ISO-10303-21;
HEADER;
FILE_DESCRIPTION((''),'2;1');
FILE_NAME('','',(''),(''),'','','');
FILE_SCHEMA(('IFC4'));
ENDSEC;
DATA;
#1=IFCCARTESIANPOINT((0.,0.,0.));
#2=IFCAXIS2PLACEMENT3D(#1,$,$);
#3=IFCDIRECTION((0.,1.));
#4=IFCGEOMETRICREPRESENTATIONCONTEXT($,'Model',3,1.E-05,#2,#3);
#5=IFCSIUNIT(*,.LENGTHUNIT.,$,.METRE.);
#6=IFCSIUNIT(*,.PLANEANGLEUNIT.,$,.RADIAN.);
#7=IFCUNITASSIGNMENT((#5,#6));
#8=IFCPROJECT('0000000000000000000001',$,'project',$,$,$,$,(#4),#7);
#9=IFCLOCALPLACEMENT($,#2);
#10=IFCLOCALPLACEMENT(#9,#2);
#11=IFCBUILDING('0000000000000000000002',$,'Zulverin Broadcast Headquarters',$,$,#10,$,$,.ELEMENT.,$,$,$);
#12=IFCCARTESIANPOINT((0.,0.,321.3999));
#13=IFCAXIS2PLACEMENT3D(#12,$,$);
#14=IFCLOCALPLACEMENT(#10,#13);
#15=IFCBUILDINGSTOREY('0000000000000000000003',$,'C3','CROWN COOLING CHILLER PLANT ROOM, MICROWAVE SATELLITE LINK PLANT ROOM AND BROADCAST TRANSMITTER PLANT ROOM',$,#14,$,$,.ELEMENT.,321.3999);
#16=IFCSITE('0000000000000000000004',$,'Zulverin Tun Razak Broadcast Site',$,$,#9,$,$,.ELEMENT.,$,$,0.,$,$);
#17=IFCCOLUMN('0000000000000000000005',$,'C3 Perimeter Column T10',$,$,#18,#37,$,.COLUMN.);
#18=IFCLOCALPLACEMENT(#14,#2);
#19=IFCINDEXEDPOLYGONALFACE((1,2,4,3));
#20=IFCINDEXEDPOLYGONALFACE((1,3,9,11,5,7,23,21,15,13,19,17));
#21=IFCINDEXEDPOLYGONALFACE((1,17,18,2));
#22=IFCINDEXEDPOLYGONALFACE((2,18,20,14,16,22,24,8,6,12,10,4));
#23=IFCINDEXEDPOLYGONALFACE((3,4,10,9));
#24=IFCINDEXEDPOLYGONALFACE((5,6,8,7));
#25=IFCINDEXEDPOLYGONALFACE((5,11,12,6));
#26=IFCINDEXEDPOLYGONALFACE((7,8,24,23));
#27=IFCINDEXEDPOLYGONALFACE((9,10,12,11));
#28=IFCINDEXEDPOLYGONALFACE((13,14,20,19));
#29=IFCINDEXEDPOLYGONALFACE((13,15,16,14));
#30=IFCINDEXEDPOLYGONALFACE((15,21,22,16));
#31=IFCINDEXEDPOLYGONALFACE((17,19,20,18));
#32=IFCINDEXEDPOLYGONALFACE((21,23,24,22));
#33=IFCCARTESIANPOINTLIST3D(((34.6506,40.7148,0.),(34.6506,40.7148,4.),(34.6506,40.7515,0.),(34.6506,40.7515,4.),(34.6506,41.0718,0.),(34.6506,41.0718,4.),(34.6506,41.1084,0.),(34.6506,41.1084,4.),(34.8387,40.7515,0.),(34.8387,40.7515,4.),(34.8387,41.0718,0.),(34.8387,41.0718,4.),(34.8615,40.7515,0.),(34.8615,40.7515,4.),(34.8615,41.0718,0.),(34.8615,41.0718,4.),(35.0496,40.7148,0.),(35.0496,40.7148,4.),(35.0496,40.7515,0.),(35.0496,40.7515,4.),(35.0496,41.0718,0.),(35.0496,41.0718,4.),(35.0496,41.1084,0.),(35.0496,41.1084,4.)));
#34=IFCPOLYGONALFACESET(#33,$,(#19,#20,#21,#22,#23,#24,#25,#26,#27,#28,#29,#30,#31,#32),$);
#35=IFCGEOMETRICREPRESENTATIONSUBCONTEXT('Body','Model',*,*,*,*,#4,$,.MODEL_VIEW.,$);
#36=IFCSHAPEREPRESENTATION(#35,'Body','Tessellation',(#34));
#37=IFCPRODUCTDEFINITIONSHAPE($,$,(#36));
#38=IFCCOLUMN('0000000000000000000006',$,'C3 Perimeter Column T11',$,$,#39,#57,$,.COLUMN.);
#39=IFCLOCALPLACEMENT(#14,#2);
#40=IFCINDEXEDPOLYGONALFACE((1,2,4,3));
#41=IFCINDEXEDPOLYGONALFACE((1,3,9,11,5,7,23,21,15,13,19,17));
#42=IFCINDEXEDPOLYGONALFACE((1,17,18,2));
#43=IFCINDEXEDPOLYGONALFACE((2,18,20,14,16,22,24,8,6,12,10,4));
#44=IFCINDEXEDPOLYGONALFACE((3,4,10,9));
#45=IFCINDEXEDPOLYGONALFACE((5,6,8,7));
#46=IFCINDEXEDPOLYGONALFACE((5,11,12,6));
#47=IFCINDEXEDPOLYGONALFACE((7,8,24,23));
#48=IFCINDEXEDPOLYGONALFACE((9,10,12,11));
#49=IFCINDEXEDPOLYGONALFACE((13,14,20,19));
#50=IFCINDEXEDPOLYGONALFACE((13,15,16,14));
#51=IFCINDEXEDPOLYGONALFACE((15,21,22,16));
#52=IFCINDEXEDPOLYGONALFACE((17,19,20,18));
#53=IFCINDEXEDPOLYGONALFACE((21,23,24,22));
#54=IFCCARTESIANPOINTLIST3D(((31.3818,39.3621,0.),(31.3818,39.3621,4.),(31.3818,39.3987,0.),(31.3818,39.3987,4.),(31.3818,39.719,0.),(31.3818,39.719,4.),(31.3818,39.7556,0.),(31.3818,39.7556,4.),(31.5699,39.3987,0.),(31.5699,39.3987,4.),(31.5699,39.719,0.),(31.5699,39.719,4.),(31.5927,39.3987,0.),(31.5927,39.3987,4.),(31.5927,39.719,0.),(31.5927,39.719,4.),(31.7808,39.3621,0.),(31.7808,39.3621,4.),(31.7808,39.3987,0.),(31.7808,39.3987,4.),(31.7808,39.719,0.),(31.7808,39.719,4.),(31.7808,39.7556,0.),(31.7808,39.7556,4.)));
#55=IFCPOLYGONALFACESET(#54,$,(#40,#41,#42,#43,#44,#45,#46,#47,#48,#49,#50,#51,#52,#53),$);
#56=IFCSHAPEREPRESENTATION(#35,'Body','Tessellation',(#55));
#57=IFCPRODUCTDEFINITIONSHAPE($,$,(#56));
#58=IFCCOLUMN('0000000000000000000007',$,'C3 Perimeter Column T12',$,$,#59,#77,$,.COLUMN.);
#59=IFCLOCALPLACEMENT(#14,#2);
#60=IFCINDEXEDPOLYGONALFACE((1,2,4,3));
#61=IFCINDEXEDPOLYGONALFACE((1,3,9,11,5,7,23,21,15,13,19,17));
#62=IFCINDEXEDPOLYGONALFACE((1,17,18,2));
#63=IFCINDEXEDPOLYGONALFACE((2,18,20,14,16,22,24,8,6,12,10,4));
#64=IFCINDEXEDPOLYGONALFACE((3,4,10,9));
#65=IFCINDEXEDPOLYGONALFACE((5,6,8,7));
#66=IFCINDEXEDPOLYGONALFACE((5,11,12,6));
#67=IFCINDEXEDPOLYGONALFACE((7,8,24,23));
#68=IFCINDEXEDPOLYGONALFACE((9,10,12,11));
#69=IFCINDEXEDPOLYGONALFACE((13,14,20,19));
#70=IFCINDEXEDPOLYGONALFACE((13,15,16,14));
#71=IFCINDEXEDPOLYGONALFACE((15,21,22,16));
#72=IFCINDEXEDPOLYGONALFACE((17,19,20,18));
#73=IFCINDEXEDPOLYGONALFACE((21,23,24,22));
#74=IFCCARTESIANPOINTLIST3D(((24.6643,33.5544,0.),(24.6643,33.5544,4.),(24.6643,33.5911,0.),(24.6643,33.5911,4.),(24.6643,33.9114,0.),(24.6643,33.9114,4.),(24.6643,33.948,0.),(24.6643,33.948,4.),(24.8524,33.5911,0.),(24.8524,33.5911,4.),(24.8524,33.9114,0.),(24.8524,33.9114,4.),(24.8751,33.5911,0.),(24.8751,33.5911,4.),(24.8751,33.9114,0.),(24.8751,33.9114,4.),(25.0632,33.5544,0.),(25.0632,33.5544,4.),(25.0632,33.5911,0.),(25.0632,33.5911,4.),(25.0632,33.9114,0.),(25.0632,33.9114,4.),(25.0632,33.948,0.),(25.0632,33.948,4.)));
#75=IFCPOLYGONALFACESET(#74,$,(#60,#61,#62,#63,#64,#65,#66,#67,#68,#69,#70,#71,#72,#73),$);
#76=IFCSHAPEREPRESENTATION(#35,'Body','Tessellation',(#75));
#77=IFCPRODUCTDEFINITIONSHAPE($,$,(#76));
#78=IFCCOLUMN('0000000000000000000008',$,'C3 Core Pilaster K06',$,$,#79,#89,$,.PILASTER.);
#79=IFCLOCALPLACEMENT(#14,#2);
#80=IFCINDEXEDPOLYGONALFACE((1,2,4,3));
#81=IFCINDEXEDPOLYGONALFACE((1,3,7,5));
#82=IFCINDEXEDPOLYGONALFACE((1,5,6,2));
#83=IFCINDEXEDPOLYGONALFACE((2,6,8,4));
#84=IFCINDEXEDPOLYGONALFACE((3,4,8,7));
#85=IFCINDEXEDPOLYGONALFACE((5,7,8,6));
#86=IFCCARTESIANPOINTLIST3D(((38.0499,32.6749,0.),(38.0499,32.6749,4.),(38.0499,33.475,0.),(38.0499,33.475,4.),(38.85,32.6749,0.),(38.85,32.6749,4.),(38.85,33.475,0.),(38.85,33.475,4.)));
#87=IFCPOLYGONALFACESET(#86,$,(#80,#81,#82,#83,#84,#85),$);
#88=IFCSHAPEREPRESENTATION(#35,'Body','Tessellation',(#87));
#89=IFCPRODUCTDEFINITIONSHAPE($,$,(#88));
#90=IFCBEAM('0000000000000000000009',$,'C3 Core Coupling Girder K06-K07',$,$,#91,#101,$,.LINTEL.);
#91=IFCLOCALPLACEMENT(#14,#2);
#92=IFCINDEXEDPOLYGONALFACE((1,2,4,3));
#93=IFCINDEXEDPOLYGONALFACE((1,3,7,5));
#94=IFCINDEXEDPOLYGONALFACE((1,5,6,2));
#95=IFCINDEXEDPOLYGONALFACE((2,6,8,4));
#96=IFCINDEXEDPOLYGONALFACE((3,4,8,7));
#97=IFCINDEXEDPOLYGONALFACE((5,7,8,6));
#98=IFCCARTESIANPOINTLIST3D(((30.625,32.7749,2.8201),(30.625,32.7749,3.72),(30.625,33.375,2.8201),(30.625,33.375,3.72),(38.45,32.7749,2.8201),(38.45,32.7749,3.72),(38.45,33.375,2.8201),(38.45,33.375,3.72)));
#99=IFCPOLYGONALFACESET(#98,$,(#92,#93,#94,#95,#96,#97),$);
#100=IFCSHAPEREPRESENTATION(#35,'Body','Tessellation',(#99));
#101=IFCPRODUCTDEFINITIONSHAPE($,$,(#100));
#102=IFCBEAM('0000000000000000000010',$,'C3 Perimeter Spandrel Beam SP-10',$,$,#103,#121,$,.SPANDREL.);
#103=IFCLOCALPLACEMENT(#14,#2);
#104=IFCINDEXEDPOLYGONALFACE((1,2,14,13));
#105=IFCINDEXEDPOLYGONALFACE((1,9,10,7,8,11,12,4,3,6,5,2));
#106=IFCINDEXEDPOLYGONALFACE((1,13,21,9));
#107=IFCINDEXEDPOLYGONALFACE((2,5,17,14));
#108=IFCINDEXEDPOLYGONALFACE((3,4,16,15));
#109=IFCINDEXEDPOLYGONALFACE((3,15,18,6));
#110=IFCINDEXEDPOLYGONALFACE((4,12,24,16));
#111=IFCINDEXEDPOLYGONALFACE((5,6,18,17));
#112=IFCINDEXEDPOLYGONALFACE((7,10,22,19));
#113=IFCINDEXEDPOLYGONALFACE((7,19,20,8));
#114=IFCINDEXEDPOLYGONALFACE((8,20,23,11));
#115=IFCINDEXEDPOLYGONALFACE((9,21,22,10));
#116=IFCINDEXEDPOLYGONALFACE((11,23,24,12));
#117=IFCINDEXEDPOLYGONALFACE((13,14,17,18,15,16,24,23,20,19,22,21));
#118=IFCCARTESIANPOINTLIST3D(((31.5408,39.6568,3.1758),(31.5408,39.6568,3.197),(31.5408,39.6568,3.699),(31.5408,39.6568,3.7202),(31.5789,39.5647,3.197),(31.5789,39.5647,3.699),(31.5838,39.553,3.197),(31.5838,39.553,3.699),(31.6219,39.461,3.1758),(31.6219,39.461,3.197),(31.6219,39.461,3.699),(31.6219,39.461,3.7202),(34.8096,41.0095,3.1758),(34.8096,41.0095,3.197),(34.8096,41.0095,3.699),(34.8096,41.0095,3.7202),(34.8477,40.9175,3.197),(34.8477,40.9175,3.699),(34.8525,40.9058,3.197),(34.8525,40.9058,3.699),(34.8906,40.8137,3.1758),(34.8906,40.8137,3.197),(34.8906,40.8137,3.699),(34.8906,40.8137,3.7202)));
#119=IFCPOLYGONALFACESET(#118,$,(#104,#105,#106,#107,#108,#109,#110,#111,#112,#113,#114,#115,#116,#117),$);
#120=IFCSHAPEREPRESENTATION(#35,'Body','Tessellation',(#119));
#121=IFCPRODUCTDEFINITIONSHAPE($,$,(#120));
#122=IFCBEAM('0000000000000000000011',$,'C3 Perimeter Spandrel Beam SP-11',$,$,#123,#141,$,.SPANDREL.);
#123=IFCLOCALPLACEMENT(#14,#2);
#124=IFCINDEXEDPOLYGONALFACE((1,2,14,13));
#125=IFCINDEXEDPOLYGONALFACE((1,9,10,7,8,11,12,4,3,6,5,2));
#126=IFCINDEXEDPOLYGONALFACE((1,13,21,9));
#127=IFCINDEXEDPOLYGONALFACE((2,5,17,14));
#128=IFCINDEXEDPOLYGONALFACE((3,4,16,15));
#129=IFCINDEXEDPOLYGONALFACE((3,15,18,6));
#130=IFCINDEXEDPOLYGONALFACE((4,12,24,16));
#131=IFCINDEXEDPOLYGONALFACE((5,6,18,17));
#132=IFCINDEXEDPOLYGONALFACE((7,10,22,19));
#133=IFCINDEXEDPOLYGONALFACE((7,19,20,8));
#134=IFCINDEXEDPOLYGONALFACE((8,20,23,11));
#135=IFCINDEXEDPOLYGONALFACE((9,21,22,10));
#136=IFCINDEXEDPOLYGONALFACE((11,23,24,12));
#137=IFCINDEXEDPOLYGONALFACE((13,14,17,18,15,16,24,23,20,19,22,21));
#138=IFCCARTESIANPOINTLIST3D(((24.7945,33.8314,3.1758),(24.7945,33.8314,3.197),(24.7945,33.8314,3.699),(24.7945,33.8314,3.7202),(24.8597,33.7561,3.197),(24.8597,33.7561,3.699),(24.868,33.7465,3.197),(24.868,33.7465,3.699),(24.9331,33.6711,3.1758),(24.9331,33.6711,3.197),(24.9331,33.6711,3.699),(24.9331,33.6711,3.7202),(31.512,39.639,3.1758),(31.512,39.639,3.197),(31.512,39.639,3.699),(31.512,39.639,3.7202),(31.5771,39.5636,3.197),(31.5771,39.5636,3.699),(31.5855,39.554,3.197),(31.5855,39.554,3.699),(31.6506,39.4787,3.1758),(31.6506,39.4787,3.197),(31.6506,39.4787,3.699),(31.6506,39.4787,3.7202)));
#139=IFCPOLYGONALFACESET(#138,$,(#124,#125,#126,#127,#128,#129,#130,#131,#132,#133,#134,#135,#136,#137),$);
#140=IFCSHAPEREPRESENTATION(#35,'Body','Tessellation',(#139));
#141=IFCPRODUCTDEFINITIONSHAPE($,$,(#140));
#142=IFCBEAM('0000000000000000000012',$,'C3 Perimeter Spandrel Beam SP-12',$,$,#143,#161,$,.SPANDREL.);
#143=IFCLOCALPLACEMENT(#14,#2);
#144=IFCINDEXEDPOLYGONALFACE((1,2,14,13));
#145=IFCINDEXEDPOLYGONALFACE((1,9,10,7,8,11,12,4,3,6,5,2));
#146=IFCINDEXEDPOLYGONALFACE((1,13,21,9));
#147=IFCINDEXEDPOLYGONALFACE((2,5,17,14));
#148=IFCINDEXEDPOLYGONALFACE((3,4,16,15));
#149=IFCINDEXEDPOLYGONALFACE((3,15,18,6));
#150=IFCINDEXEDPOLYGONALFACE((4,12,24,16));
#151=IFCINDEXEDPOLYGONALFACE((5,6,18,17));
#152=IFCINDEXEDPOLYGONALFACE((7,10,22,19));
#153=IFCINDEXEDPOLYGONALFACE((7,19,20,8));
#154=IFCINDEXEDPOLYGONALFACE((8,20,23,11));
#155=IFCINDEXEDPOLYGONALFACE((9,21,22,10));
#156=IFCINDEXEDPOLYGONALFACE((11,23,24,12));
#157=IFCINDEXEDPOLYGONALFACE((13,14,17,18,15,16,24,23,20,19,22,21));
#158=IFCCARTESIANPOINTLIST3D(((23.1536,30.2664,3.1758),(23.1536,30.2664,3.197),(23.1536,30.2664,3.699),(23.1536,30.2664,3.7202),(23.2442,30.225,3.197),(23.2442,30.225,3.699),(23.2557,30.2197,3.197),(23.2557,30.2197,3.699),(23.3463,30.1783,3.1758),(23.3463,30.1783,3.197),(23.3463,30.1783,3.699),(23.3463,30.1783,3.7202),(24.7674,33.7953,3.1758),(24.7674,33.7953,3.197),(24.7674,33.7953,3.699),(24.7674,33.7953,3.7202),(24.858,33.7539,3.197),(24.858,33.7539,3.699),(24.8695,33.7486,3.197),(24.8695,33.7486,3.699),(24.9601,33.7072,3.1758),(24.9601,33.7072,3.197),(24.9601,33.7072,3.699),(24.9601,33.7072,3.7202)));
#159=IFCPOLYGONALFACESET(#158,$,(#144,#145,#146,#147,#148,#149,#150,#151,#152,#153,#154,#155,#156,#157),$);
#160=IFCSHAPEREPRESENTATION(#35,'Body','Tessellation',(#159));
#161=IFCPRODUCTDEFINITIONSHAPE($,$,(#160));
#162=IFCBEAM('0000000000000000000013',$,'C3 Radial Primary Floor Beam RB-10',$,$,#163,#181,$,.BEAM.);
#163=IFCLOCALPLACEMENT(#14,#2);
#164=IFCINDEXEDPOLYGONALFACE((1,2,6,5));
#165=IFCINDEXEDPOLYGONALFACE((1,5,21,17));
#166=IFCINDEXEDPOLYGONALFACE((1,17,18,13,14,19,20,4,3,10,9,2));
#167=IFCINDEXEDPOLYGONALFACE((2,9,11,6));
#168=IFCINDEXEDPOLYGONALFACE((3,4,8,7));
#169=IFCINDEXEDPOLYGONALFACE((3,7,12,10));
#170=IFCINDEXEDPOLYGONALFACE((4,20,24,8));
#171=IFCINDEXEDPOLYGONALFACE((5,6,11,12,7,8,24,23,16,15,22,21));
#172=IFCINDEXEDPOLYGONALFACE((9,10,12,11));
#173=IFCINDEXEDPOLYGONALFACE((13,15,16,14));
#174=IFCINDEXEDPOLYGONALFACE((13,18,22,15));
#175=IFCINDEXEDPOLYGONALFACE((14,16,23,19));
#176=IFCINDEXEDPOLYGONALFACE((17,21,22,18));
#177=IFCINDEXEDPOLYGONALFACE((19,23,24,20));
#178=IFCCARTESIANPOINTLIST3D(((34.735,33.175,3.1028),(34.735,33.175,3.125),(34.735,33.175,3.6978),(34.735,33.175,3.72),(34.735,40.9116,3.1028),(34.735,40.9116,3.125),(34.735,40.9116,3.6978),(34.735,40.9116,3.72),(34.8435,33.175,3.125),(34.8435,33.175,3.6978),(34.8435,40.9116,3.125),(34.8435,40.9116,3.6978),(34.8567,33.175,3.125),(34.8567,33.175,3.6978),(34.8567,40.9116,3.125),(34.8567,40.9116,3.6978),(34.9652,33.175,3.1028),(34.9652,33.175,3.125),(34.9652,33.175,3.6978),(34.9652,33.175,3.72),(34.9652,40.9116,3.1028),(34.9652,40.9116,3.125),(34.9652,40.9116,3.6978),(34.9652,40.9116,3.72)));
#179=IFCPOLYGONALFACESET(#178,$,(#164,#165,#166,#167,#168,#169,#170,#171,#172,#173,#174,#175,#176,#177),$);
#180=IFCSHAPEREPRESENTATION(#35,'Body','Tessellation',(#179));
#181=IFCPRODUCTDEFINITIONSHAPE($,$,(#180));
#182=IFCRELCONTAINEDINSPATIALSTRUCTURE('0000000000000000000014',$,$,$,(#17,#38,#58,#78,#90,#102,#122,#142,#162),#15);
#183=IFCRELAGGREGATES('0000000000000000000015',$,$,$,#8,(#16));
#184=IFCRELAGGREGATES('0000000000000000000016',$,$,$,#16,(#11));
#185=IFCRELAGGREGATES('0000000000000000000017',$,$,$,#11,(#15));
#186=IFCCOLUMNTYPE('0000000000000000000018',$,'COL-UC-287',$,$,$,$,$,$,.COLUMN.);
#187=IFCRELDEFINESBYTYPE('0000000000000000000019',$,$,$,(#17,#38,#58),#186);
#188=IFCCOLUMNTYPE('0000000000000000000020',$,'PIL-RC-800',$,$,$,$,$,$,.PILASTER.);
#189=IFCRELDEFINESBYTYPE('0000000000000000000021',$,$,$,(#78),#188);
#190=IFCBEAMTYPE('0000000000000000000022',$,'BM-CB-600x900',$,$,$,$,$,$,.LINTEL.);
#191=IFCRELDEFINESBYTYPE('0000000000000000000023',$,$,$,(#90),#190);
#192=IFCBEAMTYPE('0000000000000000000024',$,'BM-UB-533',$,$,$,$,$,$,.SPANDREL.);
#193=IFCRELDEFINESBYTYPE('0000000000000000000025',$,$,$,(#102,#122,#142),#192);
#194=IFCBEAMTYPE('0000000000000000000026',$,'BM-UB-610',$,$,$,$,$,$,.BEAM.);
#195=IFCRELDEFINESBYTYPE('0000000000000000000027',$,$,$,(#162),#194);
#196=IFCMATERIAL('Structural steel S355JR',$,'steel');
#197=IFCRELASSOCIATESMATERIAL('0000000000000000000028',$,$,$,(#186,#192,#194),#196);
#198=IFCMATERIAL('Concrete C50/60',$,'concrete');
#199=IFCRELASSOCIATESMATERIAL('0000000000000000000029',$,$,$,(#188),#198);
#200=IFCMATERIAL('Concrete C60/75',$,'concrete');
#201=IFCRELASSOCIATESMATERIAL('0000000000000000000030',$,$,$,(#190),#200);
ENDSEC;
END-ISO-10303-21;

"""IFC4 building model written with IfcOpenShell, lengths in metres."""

from ifc_helpers import new_model, si_unit, direction, frame, origin, origin_2d, place, context, subcontext, project, spatial, rectangle, i_section, extrude, material, material_profile, profile_set, type_object, element, save


model = new_model("IFC4")

# Units and contexts
model_context = context("Model", 3, precision=1e-05, world=origin(), true_north=direction((0.0, 1.0)))
body_context = subcontext(model_context, "Body", "Model", "MODEL_VIEW")
ifc_project = project(units=[si_unit("LENGTHUNIT", "METRE"), si_unit("PLANEANGLEUNIT", "RADIAN")], contexts=[model_context])

# Site, building, storey
site_placement = place(None, origin())
site = spatial("IfcSite", under=ifc_project, at=site_placement, Name="Zulverin Tun Razak Broadcast Site", CompositionType="ELEMENT", RefElevation=0.0)
building_placement = place(site_placement, origin())
building = spatial("IfcBuilding", under=site, at=building_placement, Name="Zulverin Broadcast Headquarters", CompositionType="ELEMENT")
storey_placement = place(building_placement, frame((0.0, 0.0, 321.3999)))
storey = spatial("IfcBuildingStorey", under=building, at=storey_placement, Name="C3", Description="CROWN COOLING CHILLER PLANT ROOM, MICROWAVE SATELLITE LINK PLANT ROOM AND BROADCAST TRANSMITTER PLANT ROOM", CompositionType="ELEMENT", Elevation=321.3999)

# Columns
ifc_material_1 = material(Name="Structural steel S355JR", Category="steel")
ifc_material_profile_1 = material_profile(ifc_material_1, i_section(OverallWidth=0.3989, OverallDepth=0.3936, WebThickness=0.0227, FlangeThickness=0.0366, at=origin_2d()), Name="Structural steel S355JR", Category="steel")
ifc_profile_set_1 = profile_set([ifc_material_profile_1], Name="Structural steel S355JR")
column_type_1 = type_object("IfcColumnType", Name="COL-UC-287", PredefinedType="COLUMN", material=ifc_profile_set_1)
for number, where, z_axis, x_axis, name in (
    (1, (34.8501, 40.9116, 0.0), (0.0, 0.0, 1.0), (1.0, 0.0, 0.0), "C3 Perimeter Column T10"),
    (2, (31.5813, 39.5588, 0.0), (0.0, 0.0, 1.0), (1.0, 0.0, 0.0), "C3 Perimeter Column T11"),
    (3, (24.8638, 33.7512, 0.0), (0.0, 0.0, 1.0), (1.0, 0.0, 0.0), "C3 Perimeter Column T12"),
):
    element("IfcColumn", number, at=place(storey_placement, frame(where, z_axis=z_axis, x_axis=x_axis)), inside=storey, type_object=column_type_1, Name=name, PredefinedType="COLUMN", context=body_context, shape_type="SweptSolid", body=[
        extrude(i_section(OverallWidth=0.3989, OverallDepth=0.3936, WebThickness=0.0227, FlangeThickness=0.0366, at=origin_2d()), origin(), (0.0, 0.0, 1.0), 4.0),
    ])
ifc_material_2 = material(Name="Concrete C50/60", Category="concrete")
ifc_material_profile_2 = material_profile(ifc_material_2, rectangle(XDim=0.8, YDim=0.8, at=origin_2d()), Name="Concrete C50/60", Category="concrete")
ifc_profile_set_2 = profile_set([ifc_material_profile_2], Name="Concrete C50/60")
column_type_2 = type_object("IfcColumnType", Name="PIL-RC-800", PredefinedType="PILASTER", material=ifc_profile_set_2)
column_placement = place(storey_placement, frame((38.45, 33.075, 0.0), z_axis=(0.0, 0.0, 1.0), x_axis=(1.0, 0.0, 0.0)))
element("IfcColumn", 4, at=column_placement, inside=storey, type_object=column_type_2, Name="C3 Core Pilaster K06", PredefinedType="PILASTER", context=body_context, shape_type="SweptSolid", body=[
    extrude(rectangle(XDim=0.8, YDim=0.8, at=origin_2d()), origin(), (0.0, 0.0, 1.0), 4.0),
])

# Beams
ifc_material_3 = material(Name="Concrete C60/75", Category="concrete")
ifc_material_profile_3 = material_profile(ifc_material_3, rectangle(XDim=0.6001, YDim=0.8999, at=origin_2d()), Name="Concrete C60/75", Category="concrete")
ifc_profile_set_3 = profile_set([ifc_material_profile_3], Name="Concrete C60/75")
beam_type_1 = type_object("IfcBeamType", Name="BM-CB-600x900", PredefinedType="LINTEL", material=ifc_profile_set_3)
beam_1_placement = place(storey_placement, frame((38.45, 33.075, 3.27), z_axis=(-1.0, 0.0, 0.0), x_axis=(0.0, -1.0, 0.0)))
element("IfcBeam", 5, at=beam_1_placement, inside=storey, type_object=beam_type_1, Name="C3 Core Coupling Girder K06-K07", PredefinedType="LINTEL", context=body_context, shape_type="SweptSolid", body=[
    extrude(rectangle(XDim=0.6001, YDim=0.8999, at=origin_2d()), origin(), (0.0, 0.0, 1.0), 7.825),
])
ifc_material_profile_4 = material_profile(ifc_material_1, i_section(OverallWidth=0.2119, OverallDepth=0.5444, WebThickness=0.0127, FlangeThickness=0.0212, at=origin_2d()), Name="Structural steel S355JR", Category="steel")
ifc_profile_set_4 = profile_set([ifc_material_profile_4], Name="Structural steel S355JR")
beam_type_2 = type_object("IfcBeamType", Name="BM-UB-533", PredefinedType="SPANDREL", material=ifc_profile_set_4)
beam_2_placement = place(storey_placement, frame((34.8501, 40.9116, 3.448), z_axis=(-0.923999, -0.382394, 0.0), x_axis=(0.382394, -0.923999, 0.0)))
element("IfcBeam", 6, at=beam_2_placement, inside=storey, type_object=beam_type_2, Name="C3 Perimeter Spandrel Beam SP-10", PredefinedType="SPANDREL", context=body_context, shape_type="SweptSolid", body=[
    extrude(i_section(OverallWidth=0.2119, OverallDepth=0.5444, WebThickness=0.0127, FlangeThickness=0.0212, at=origin_2d()), origin(), (0.0, 0.0, 1.0), 3.5376),
])
beam_3_placement = place(storey_placement, frame((31.5813, 39.5588, 3.448), z_axis=(-0.756482, -0.654014, 0.0), x_axis=(0.654014, -0.756482, 0.0)))
element("IfcBeam", 7, at=beam_3_placement, inside=storey, type_object=beam_type_2, Name="C3 Perimeter Spandrel Beam SP-11", PredefinedType="SPANDREL", context=body_context, shape_type="SweptSolid", body=[
    extrude(i_section(OverallWidth=0.2119, OverallDepth=0.5444, WebThickness=0.0127, FlangeThickness=0.0212, at=origin_2d()), origin(), (0.0, 0.0, 1.0), 8.8799),
])
beam_4_placement = place(storey_placement, frame((24.8638, 33.7512, 3.448), z_axis=(-0.415888, -0.909416, 0.0), x_axis=(0.909416, -0.415888, 0.0)))
element("IfcBeam", 8, at=beam_4_placement, inside=storey, type_object=beam_type_2, Name="C3 Perimeter Spandrel Beam SP-12", PredefinedType="SPANDREL", context=body_context, shape_type="SweptSolid", body=[
    extrude(i_section(OverallWidth=0.2119, OverallDepth=0.5444, WebThickness=0.0127, FlangeThickness=0.0212, at=origin_2d()), origin(), (0.0, 0.0, 1.0), 3.8804),
])
ifc_material_profile_5 = material_profile(ifc_material_1, i_section(OverallWidth=0.2302, OverallDepth=0.6172, WebThickness=0.0132, FlangeThickness=0.0222, at=origin_2d()), Name="Structural steel S355JR", Category="steel")
ifc_profile_set_5 = profile_set([ifc_material_profile_5], Name="Structural steel S355JR")
beam_type_3 = type_object("IfcBeamType", Name="BM-UB-610", PredefinedType="BEAM", material=ifc_profile_set_5)
beam_5_placement = place(storey_placement, frame((34.8501, 33.175, 3.4114), z_axis=(0.0, 1.0, 0.0), x_axis=(-1.0, 0.0, 0.0)))
element("IfcBeam", 9, at=beam_5_placement, inside=storey, type_object=beam_type_3, Name="C3 Radial Primary Floor Beam RB-10", PredefinedType="BEAM", context=body_context, shape_type="SweptSolid", body=[
    extrude(i_section(OverallWidth=0.2302, OverallDepth=0.6172, WebThickness=0.0132, FlangeThickness=0.0222, at=origin_2d()), origin(), (0.0, 0.0, 1.0), 7.7366),
])

save(model, "model.ifc")
